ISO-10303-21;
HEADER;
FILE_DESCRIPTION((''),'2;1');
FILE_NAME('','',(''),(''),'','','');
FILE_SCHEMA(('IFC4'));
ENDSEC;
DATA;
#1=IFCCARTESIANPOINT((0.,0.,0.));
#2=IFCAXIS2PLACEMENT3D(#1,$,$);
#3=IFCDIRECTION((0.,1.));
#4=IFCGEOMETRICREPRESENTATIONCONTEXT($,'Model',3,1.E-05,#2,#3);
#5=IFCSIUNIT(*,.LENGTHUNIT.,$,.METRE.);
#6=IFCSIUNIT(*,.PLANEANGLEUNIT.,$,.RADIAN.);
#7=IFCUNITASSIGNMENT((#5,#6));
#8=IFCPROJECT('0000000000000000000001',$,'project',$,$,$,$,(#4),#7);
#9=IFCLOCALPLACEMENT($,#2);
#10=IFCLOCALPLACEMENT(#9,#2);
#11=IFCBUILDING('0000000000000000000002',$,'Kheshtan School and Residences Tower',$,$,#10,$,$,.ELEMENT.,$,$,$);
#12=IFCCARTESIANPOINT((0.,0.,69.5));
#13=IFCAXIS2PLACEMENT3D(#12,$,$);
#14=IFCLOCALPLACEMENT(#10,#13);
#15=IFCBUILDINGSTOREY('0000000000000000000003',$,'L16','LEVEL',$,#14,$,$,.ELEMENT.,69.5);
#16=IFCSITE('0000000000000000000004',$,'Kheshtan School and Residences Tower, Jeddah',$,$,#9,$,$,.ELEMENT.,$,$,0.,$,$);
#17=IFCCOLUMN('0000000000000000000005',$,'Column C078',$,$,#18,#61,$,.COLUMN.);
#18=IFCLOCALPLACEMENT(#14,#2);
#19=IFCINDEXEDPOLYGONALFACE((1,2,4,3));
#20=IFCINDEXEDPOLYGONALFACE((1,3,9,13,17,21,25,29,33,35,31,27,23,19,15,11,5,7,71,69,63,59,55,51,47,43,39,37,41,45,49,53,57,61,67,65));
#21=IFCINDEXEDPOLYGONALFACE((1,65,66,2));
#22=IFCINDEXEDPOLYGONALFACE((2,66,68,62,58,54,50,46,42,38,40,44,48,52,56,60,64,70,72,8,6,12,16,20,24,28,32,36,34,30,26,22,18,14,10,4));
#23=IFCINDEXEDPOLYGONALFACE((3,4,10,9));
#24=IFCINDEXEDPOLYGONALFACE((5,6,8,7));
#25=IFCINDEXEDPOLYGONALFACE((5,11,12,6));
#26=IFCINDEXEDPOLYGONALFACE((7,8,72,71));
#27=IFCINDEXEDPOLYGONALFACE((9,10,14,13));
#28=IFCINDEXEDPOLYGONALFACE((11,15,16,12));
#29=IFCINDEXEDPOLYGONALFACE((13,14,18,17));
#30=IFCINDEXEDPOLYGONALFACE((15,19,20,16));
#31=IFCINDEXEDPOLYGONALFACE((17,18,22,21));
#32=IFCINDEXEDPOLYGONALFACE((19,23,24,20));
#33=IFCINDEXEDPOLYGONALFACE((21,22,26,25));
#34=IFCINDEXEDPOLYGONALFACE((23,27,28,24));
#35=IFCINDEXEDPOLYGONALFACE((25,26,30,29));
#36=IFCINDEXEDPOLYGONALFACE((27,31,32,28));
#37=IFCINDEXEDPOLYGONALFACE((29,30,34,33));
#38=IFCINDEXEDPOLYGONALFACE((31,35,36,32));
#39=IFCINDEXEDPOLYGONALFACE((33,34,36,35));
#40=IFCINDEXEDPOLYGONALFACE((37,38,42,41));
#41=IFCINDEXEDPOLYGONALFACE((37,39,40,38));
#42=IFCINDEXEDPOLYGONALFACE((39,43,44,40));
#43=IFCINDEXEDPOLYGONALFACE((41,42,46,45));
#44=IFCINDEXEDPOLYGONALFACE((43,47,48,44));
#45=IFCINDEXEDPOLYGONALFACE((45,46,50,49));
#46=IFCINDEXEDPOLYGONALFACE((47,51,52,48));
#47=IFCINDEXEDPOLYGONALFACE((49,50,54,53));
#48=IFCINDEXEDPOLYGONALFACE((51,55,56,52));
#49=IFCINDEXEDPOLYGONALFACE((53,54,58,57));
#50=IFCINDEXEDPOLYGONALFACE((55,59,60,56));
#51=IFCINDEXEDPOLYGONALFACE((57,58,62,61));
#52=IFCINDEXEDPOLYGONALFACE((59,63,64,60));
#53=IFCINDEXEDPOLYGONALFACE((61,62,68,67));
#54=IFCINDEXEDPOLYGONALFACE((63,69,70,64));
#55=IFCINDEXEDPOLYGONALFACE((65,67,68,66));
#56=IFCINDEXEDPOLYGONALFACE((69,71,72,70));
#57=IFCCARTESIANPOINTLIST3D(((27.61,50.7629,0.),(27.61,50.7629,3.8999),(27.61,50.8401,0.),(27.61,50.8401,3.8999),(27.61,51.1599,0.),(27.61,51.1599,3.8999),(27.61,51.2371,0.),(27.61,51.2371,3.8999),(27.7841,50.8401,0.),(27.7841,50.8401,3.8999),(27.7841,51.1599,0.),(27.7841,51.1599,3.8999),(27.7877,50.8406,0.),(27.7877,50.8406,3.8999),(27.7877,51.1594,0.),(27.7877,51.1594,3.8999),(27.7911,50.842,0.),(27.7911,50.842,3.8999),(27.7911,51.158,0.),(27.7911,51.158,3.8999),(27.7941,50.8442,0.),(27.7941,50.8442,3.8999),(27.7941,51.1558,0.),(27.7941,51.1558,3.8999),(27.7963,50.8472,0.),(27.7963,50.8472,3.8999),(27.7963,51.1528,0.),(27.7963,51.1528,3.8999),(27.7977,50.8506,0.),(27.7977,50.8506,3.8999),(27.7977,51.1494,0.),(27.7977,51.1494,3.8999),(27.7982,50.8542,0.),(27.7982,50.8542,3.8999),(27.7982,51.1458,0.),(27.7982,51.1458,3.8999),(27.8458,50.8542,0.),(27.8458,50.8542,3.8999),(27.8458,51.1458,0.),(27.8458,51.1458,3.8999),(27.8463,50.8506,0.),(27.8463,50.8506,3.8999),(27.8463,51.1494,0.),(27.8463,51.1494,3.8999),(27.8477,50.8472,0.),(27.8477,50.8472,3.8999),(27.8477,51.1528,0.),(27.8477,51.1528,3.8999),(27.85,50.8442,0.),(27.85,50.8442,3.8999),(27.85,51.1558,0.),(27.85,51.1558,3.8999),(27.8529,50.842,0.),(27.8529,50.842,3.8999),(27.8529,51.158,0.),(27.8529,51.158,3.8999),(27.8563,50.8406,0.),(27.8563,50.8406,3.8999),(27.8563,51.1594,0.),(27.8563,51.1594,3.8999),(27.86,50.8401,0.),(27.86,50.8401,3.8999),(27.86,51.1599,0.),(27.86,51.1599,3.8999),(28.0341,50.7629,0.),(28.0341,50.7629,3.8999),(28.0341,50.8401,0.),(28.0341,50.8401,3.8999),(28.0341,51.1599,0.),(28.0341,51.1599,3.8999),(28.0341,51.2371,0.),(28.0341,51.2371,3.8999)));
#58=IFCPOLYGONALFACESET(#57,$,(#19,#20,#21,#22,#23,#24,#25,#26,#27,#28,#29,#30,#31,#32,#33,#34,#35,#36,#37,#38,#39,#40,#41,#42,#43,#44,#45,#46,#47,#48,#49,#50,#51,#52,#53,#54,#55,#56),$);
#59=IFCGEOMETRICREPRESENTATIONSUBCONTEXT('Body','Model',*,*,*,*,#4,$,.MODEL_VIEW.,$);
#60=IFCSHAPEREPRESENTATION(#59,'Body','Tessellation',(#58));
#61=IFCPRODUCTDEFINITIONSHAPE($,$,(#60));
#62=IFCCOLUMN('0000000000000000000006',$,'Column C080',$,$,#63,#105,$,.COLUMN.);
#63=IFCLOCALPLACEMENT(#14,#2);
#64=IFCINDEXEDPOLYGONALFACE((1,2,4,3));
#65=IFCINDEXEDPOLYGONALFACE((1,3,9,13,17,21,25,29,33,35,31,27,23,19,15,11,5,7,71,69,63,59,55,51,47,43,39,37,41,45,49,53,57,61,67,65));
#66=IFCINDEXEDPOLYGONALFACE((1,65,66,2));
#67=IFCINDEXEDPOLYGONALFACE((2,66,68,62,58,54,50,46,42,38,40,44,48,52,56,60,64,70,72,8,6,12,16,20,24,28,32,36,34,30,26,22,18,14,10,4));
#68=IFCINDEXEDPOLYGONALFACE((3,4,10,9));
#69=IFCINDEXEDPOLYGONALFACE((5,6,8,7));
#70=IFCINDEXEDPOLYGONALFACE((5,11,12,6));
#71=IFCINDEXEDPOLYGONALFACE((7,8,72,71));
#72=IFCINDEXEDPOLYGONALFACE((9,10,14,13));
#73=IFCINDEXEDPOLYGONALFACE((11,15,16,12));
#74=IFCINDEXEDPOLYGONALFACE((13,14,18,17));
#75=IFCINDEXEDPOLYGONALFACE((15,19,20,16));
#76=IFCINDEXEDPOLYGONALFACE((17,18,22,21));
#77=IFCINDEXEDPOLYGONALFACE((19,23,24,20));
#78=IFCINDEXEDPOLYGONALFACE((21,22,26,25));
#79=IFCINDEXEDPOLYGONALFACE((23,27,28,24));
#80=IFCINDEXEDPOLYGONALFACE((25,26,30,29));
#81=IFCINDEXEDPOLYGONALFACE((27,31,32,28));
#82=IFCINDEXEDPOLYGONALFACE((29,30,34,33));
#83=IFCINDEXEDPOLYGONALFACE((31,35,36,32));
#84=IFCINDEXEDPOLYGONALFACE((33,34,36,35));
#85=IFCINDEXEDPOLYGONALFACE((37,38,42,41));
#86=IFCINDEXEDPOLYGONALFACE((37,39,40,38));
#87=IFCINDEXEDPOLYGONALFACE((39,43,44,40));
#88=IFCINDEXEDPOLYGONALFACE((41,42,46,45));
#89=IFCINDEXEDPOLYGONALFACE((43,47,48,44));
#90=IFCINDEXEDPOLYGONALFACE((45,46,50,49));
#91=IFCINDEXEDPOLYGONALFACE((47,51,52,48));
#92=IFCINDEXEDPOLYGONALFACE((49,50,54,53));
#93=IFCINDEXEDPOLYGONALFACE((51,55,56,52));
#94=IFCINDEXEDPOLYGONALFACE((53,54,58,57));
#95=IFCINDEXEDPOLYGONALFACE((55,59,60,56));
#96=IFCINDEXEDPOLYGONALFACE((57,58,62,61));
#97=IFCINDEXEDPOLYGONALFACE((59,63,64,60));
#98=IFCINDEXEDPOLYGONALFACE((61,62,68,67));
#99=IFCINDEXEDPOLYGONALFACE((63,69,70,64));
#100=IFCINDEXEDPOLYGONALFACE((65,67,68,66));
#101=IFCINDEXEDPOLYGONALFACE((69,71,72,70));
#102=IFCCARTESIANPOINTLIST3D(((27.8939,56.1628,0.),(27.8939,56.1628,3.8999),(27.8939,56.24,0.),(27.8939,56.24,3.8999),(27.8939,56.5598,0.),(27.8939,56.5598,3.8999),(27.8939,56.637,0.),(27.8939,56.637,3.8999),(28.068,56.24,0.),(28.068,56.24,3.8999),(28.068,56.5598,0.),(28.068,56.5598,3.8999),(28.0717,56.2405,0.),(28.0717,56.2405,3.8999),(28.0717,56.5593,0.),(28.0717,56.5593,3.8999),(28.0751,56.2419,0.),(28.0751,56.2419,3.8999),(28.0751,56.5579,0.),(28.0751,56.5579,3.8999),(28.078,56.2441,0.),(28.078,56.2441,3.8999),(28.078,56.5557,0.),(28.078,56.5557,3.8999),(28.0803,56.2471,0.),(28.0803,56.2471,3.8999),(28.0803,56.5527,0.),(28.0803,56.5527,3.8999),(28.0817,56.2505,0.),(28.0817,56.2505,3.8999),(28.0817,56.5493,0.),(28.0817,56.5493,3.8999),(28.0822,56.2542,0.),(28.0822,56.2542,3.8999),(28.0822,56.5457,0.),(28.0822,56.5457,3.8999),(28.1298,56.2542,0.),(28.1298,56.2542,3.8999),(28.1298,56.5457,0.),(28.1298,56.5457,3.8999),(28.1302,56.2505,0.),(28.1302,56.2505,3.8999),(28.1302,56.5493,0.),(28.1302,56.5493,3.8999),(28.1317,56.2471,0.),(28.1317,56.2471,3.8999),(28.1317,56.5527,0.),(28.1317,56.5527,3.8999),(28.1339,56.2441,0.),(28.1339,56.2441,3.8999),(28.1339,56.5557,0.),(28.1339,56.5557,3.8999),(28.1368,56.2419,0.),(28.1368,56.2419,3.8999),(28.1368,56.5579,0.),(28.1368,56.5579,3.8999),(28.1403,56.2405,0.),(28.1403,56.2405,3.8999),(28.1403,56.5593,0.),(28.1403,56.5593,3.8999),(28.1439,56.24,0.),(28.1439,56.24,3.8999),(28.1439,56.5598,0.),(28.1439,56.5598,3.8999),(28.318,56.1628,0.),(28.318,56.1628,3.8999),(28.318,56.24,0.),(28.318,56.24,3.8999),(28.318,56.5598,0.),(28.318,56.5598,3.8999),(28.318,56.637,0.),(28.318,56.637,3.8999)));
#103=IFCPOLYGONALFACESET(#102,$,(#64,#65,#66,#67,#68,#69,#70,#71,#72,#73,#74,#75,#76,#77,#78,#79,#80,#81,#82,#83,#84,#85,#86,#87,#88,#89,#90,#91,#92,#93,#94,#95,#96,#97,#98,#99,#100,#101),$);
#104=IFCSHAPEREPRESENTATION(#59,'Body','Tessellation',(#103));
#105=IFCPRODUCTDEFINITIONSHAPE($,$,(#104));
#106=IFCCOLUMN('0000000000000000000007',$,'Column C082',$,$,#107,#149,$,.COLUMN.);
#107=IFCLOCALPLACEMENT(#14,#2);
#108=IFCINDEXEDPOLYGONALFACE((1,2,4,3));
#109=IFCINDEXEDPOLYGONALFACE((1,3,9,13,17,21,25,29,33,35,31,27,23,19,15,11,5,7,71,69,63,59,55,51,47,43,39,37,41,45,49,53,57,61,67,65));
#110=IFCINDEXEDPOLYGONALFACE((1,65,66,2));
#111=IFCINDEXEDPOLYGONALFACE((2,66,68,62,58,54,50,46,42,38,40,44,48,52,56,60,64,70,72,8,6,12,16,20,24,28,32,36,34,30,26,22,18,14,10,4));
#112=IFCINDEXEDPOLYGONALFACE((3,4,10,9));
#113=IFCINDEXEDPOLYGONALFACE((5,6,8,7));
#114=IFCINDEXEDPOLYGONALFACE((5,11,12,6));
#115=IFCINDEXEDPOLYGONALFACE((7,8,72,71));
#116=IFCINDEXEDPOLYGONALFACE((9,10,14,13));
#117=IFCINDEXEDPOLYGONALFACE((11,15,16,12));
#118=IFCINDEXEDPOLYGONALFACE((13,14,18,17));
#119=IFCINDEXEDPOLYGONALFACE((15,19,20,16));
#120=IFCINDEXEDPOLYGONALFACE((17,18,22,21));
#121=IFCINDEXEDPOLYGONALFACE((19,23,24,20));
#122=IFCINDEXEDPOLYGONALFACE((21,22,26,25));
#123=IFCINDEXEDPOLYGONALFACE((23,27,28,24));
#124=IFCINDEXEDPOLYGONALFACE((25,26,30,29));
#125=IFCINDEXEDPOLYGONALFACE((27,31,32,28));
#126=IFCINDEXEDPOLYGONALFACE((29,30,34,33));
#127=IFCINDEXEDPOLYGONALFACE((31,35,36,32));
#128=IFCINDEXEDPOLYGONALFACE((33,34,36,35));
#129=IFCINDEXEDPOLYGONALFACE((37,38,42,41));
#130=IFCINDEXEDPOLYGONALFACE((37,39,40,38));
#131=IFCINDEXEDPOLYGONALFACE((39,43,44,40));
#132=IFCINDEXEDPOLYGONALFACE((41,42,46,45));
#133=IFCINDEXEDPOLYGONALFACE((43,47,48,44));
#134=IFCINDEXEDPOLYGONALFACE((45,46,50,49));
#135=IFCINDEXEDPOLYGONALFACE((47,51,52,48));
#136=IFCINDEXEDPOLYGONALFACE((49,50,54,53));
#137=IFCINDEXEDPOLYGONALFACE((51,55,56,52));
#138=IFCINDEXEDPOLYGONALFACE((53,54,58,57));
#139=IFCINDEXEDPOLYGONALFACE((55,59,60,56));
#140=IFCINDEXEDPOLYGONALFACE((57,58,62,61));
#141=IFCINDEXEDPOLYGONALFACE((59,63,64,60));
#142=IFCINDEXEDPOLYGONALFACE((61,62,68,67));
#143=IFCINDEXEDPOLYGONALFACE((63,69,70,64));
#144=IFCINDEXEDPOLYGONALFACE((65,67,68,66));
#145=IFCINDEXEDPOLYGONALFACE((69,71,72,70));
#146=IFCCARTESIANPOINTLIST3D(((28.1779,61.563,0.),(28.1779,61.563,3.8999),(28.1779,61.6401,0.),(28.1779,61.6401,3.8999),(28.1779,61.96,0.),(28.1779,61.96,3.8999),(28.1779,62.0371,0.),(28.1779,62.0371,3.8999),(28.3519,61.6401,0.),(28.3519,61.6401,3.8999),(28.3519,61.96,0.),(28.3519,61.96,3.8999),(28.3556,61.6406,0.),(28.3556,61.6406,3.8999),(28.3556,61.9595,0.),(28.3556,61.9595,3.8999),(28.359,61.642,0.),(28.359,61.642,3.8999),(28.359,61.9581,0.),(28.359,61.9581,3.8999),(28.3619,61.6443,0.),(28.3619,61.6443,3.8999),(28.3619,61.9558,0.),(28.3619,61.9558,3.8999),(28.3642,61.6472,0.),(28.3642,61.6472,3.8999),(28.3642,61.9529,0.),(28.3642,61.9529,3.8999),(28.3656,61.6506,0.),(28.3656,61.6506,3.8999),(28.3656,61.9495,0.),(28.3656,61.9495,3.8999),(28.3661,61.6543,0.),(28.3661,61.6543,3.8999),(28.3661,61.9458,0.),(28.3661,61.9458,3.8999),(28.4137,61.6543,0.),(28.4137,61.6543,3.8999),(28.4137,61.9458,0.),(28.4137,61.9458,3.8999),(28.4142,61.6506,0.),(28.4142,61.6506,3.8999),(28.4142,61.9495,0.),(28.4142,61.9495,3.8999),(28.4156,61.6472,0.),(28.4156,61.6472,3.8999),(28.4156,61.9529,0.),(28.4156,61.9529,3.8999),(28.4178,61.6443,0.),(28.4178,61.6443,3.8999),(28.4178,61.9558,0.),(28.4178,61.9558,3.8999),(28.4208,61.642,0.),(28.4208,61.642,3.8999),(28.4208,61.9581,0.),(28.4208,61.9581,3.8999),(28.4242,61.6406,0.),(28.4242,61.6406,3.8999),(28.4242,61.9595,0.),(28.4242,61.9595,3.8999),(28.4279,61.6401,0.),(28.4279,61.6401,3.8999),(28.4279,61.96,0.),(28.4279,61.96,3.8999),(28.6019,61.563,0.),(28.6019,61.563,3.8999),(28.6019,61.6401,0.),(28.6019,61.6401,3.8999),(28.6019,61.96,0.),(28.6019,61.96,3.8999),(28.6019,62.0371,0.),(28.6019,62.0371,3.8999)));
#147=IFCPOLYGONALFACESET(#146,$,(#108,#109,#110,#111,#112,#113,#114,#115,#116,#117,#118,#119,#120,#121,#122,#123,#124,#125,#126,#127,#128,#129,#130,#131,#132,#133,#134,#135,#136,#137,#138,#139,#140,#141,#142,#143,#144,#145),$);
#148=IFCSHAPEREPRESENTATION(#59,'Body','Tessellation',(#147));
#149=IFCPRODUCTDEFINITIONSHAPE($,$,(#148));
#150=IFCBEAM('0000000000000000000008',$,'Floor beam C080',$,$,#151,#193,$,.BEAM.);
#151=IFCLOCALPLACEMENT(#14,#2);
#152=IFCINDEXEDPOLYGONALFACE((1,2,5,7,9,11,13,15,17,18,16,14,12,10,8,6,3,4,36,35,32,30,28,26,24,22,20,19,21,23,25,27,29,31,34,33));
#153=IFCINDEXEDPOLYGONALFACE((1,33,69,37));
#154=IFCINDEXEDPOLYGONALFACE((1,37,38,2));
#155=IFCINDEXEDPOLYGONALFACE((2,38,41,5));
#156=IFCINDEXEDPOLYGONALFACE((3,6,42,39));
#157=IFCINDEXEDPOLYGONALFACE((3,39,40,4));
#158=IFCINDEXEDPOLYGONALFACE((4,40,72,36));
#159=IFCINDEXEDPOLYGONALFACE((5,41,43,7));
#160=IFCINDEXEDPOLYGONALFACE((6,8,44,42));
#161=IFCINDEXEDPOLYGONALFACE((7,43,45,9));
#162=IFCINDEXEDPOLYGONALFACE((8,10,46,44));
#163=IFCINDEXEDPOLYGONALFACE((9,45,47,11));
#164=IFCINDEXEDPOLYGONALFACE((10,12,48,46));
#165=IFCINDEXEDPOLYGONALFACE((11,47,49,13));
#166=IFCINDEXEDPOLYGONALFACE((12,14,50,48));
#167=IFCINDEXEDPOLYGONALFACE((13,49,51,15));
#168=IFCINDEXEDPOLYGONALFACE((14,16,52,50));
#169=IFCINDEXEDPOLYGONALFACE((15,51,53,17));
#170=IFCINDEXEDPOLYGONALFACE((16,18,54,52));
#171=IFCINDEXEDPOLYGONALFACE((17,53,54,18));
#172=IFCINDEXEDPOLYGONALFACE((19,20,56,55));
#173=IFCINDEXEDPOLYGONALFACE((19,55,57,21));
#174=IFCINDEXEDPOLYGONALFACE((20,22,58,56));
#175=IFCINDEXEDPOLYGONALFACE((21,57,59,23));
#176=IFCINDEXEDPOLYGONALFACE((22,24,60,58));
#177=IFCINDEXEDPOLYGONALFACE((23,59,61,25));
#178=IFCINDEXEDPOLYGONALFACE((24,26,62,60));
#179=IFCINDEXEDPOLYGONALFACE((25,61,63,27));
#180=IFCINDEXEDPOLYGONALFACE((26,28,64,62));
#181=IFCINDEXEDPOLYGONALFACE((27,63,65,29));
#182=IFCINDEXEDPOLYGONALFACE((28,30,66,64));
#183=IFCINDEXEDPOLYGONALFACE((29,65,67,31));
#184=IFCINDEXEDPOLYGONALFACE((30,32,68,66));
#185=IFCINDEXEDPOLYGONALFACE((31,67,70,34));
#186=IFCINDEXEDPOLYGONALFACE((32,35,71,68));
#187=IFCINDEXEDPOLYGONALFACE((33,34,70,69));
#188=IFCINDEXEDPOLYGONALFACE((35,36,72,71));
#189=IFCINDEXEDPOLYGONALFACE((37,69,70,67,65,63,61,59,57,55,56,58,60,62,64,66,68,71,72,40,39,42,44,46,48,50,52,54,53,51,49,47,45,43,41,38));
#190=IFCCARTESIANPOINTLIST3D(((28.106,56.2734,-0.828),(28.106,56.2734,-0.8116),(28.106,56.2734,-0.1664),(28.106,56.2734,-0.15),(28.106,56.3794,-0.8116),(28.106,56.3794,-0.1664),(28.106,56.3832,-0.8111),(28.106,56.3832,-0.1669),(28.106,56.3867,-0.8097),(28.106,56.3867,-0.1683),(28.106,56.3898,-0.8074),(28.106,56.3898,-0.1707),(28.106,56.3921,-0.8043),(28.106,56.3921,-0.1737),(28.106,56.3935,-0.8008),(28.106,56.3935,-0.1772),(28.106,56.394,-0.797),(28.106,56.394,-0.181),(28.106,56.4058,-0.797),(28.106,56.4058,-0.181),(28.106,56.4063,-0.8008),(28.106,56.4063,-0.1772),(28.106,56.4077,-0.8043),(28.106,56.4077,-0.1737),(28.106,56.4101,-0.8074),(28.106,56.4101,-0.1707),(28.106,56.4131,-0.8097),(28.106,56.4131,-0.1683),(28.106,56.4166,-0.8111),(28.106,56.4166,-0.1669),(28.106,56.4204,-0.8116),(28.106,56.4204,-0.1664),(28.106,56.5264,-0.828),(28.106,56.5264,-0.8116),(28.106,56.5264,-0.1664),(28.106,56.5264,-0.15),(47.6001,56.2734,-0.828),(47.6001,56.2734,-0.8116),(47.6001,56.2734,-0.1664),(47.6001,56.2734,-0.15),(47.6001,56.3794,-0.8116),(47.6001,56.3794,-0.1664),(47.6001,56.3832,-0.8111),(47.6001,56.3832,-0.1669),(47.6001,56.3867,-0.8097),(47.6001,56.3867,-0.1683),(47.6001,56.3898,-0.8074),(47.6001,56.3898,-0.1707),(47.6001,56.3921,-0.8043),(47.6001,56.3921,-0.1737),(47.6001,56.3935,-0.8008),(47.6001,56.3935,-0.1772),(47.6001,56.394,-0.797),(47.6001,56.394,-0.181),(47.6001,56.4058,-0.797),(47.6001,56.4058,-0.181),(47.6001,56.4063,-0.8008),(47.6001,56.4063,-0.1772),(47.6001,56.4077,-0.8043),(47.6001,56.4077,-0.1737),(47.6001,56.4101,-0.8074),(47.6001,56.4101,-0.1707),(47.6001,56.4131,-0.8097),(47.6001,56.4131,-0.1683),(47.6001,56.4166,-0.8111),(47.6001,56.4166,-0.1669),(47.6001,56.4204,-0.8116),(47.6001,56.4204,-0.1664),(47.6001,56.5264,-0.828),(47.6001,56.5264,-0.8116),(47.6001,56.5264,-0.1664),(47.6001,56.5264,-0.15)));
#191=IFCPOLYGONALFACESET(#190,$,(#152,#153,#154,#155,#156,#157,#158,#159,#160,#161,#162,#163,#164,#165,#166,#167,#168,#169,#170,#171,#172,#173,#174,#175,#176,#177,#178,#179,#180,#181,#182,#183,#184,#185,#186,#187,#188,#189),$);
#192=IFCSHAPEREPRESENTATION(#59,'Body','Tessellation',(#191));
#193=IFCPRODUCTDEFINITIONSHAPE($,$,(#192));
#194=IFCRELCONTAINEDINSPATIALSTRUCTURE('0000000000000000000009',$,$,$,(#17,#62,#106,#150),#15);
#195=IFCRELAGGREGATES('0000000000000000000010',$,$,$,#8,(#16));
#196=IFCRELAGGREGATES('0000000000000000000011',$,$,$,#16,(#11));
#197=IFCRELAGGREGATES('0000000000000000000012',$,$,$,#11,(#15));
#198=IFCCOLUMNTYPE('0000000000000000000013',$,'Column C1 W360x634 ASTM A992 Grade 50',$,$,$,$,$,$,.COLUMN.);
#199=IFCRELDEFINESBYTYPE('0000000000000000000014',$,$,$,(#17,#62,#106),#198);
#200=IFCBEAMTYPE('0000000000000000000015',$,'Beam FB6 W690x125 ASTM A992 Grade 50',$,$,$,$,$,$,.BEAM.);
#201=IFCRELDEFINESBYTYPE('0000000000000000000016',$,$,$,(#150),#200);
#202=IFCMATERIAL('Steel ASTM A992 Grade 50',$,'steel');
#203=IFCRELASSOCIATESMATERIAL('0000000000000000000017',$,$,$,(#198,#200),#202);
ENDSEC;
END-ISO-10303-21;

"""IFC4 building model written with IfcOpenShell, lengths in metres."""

from ifc_helpers import new_model, si_unit, direction, frame, origin, origin_2d, place, context, subcontext, project, spatial, i_section, extrude, material, material_profile, profile_set, type_object, element, save


model = new_model("IFC4")

# Units and contexts
model_context = context("Model", 3, precision=1e-05, world=origin(), true_north=direction((0.0, 1.0)))
body_context = subcontext(model_context, "Body", "Model", "MODEL_VIEW")
ifc_project = project(units=[si_unit("LENGTHUNIT", "METRE"), si_unit("PLANEANGLEUNIT", "RADIAN")], contexts=[model_context])

# Site, building, storey
site_placement = place(None, origin())
site = spatial("IfcSite", under=ifc_project, at=site_placement, Name="Kheshtan School and Residences Tower, Jeddah", CompositionType="ELEMENT", RefElevation=0.0)
building_placement = place(site_placement, origin())
building = spatial("IfcBuilding", under=site, at=building_placement, Name="Kheshtan School and Residences Tower", CompositionType="ELEMENT")
storey_placement = place(building_placement, frame((0.0, 0.0, 69.5)))
storey = spatial("IfcBuildingStorey", under=building, at=storey_placement, Name="L16", Description="LEVEL", CompositionType="ELEMENT", Elevation=69.5)

# Columns
ifc_material_1 = material(Name="Steel ASTM A992 Grade 50", Category="steel")
ifc_material_profile_1 = material_profile(ifc_material_1, i_section(OverallWidth=0.4241, OverallDepth=0.4741, WebThickness=0.0476, FlangeThickness=0.0771, FilletRadius=0.0142, at=origin_2d()), Name="W360x634")
ifc_profile_set_1 = profile_set([ifc_material_profile_1], Name="Steel ASTM A992 Grade 50")
column_type = type_object("IfcColumnType", Name="Column C1 W360x634 ASTM A992 Grade 50", PredefinedType="COLUMN", material=ifc_profile_set_1)
for number, where, z_axis, x_axis, name in (
    (1, (27.822, 51.0, 0.0), (0.0, 0.0, 1.0), (1.0, 0.0, 0.0), "Column C078"),
    (2, (28.106, 56.3999, 0.0), (0.0, 0.0, 1.0), (1.0, 0.0, 0.0), "Column C080"),
    (3, (28.3899, 61.8, 0.0), (0.0, 0.0, 1.0), (1.0, 0.0, 0.0), "Column C082"),
):
    element("IfcColumn", number, at=place(storey_placement, frame(where, z_axis=z_axis, x_axis=x_axis)), inside=storey, type_object=column_type, Name=name, PredefinedType="COLUMN", context=body_context, shape_type="SweptSolid", body=[
        extrude(i_section(OverallWidth=0.4241, OverallDepth=0.4741, WebThickness=0.0476, FlangeThickness=0.0771, FilletRadius=0.0142, at=origin_2d()), origin(), (0.0, 0.0, 1.0), 3.8999),
    ])

# Beam
ifc_material_profile_2 = material_profile(ifc_material_1, i_section(OverallWidth=0.2529, OverallDepth=0.678, WebThickness=0.0117, FlangeThickness=0.0164, FilletRadius=0.0146, at=origin_2d()), Name="W690x125")
ifc_profile_set_2 = profile_set([ifc_material_profile_2], Name="Steel ASTM A992 Grade 50")
beam_type_1 = type_object("IfcBeamType", Name="Beam FB6 W690x125 ASTM A992 Grade 50", PredefinedType="BEAM", material=ifc_profile_set_2)
beam_1_placement = place(storey_placement, frame((28.106, 56.3999, -0.489), z_axis=(1.0, 0.0, 0.0), x_axis=(0.0, 1.0, 0.0)))
element("IfcBeam", 4, at=beam_1_placement, inside=storey, type_object=beam_type_1, Name="Floor beam C080", PredefinedType="BEAM", context=body_context, shape_type="SweptSolid", body=[
    extrude(i_section(OverallWidth=0.2529, OverallDepth=0.678, WebThickness=0.0117, FlangeThickness=0.0164, FilletRadius=0.0146, at=origin_2d()), origin(), (0.0, 0.0, 1.0), 19.4941),
])

save(model, "model.ifc")
